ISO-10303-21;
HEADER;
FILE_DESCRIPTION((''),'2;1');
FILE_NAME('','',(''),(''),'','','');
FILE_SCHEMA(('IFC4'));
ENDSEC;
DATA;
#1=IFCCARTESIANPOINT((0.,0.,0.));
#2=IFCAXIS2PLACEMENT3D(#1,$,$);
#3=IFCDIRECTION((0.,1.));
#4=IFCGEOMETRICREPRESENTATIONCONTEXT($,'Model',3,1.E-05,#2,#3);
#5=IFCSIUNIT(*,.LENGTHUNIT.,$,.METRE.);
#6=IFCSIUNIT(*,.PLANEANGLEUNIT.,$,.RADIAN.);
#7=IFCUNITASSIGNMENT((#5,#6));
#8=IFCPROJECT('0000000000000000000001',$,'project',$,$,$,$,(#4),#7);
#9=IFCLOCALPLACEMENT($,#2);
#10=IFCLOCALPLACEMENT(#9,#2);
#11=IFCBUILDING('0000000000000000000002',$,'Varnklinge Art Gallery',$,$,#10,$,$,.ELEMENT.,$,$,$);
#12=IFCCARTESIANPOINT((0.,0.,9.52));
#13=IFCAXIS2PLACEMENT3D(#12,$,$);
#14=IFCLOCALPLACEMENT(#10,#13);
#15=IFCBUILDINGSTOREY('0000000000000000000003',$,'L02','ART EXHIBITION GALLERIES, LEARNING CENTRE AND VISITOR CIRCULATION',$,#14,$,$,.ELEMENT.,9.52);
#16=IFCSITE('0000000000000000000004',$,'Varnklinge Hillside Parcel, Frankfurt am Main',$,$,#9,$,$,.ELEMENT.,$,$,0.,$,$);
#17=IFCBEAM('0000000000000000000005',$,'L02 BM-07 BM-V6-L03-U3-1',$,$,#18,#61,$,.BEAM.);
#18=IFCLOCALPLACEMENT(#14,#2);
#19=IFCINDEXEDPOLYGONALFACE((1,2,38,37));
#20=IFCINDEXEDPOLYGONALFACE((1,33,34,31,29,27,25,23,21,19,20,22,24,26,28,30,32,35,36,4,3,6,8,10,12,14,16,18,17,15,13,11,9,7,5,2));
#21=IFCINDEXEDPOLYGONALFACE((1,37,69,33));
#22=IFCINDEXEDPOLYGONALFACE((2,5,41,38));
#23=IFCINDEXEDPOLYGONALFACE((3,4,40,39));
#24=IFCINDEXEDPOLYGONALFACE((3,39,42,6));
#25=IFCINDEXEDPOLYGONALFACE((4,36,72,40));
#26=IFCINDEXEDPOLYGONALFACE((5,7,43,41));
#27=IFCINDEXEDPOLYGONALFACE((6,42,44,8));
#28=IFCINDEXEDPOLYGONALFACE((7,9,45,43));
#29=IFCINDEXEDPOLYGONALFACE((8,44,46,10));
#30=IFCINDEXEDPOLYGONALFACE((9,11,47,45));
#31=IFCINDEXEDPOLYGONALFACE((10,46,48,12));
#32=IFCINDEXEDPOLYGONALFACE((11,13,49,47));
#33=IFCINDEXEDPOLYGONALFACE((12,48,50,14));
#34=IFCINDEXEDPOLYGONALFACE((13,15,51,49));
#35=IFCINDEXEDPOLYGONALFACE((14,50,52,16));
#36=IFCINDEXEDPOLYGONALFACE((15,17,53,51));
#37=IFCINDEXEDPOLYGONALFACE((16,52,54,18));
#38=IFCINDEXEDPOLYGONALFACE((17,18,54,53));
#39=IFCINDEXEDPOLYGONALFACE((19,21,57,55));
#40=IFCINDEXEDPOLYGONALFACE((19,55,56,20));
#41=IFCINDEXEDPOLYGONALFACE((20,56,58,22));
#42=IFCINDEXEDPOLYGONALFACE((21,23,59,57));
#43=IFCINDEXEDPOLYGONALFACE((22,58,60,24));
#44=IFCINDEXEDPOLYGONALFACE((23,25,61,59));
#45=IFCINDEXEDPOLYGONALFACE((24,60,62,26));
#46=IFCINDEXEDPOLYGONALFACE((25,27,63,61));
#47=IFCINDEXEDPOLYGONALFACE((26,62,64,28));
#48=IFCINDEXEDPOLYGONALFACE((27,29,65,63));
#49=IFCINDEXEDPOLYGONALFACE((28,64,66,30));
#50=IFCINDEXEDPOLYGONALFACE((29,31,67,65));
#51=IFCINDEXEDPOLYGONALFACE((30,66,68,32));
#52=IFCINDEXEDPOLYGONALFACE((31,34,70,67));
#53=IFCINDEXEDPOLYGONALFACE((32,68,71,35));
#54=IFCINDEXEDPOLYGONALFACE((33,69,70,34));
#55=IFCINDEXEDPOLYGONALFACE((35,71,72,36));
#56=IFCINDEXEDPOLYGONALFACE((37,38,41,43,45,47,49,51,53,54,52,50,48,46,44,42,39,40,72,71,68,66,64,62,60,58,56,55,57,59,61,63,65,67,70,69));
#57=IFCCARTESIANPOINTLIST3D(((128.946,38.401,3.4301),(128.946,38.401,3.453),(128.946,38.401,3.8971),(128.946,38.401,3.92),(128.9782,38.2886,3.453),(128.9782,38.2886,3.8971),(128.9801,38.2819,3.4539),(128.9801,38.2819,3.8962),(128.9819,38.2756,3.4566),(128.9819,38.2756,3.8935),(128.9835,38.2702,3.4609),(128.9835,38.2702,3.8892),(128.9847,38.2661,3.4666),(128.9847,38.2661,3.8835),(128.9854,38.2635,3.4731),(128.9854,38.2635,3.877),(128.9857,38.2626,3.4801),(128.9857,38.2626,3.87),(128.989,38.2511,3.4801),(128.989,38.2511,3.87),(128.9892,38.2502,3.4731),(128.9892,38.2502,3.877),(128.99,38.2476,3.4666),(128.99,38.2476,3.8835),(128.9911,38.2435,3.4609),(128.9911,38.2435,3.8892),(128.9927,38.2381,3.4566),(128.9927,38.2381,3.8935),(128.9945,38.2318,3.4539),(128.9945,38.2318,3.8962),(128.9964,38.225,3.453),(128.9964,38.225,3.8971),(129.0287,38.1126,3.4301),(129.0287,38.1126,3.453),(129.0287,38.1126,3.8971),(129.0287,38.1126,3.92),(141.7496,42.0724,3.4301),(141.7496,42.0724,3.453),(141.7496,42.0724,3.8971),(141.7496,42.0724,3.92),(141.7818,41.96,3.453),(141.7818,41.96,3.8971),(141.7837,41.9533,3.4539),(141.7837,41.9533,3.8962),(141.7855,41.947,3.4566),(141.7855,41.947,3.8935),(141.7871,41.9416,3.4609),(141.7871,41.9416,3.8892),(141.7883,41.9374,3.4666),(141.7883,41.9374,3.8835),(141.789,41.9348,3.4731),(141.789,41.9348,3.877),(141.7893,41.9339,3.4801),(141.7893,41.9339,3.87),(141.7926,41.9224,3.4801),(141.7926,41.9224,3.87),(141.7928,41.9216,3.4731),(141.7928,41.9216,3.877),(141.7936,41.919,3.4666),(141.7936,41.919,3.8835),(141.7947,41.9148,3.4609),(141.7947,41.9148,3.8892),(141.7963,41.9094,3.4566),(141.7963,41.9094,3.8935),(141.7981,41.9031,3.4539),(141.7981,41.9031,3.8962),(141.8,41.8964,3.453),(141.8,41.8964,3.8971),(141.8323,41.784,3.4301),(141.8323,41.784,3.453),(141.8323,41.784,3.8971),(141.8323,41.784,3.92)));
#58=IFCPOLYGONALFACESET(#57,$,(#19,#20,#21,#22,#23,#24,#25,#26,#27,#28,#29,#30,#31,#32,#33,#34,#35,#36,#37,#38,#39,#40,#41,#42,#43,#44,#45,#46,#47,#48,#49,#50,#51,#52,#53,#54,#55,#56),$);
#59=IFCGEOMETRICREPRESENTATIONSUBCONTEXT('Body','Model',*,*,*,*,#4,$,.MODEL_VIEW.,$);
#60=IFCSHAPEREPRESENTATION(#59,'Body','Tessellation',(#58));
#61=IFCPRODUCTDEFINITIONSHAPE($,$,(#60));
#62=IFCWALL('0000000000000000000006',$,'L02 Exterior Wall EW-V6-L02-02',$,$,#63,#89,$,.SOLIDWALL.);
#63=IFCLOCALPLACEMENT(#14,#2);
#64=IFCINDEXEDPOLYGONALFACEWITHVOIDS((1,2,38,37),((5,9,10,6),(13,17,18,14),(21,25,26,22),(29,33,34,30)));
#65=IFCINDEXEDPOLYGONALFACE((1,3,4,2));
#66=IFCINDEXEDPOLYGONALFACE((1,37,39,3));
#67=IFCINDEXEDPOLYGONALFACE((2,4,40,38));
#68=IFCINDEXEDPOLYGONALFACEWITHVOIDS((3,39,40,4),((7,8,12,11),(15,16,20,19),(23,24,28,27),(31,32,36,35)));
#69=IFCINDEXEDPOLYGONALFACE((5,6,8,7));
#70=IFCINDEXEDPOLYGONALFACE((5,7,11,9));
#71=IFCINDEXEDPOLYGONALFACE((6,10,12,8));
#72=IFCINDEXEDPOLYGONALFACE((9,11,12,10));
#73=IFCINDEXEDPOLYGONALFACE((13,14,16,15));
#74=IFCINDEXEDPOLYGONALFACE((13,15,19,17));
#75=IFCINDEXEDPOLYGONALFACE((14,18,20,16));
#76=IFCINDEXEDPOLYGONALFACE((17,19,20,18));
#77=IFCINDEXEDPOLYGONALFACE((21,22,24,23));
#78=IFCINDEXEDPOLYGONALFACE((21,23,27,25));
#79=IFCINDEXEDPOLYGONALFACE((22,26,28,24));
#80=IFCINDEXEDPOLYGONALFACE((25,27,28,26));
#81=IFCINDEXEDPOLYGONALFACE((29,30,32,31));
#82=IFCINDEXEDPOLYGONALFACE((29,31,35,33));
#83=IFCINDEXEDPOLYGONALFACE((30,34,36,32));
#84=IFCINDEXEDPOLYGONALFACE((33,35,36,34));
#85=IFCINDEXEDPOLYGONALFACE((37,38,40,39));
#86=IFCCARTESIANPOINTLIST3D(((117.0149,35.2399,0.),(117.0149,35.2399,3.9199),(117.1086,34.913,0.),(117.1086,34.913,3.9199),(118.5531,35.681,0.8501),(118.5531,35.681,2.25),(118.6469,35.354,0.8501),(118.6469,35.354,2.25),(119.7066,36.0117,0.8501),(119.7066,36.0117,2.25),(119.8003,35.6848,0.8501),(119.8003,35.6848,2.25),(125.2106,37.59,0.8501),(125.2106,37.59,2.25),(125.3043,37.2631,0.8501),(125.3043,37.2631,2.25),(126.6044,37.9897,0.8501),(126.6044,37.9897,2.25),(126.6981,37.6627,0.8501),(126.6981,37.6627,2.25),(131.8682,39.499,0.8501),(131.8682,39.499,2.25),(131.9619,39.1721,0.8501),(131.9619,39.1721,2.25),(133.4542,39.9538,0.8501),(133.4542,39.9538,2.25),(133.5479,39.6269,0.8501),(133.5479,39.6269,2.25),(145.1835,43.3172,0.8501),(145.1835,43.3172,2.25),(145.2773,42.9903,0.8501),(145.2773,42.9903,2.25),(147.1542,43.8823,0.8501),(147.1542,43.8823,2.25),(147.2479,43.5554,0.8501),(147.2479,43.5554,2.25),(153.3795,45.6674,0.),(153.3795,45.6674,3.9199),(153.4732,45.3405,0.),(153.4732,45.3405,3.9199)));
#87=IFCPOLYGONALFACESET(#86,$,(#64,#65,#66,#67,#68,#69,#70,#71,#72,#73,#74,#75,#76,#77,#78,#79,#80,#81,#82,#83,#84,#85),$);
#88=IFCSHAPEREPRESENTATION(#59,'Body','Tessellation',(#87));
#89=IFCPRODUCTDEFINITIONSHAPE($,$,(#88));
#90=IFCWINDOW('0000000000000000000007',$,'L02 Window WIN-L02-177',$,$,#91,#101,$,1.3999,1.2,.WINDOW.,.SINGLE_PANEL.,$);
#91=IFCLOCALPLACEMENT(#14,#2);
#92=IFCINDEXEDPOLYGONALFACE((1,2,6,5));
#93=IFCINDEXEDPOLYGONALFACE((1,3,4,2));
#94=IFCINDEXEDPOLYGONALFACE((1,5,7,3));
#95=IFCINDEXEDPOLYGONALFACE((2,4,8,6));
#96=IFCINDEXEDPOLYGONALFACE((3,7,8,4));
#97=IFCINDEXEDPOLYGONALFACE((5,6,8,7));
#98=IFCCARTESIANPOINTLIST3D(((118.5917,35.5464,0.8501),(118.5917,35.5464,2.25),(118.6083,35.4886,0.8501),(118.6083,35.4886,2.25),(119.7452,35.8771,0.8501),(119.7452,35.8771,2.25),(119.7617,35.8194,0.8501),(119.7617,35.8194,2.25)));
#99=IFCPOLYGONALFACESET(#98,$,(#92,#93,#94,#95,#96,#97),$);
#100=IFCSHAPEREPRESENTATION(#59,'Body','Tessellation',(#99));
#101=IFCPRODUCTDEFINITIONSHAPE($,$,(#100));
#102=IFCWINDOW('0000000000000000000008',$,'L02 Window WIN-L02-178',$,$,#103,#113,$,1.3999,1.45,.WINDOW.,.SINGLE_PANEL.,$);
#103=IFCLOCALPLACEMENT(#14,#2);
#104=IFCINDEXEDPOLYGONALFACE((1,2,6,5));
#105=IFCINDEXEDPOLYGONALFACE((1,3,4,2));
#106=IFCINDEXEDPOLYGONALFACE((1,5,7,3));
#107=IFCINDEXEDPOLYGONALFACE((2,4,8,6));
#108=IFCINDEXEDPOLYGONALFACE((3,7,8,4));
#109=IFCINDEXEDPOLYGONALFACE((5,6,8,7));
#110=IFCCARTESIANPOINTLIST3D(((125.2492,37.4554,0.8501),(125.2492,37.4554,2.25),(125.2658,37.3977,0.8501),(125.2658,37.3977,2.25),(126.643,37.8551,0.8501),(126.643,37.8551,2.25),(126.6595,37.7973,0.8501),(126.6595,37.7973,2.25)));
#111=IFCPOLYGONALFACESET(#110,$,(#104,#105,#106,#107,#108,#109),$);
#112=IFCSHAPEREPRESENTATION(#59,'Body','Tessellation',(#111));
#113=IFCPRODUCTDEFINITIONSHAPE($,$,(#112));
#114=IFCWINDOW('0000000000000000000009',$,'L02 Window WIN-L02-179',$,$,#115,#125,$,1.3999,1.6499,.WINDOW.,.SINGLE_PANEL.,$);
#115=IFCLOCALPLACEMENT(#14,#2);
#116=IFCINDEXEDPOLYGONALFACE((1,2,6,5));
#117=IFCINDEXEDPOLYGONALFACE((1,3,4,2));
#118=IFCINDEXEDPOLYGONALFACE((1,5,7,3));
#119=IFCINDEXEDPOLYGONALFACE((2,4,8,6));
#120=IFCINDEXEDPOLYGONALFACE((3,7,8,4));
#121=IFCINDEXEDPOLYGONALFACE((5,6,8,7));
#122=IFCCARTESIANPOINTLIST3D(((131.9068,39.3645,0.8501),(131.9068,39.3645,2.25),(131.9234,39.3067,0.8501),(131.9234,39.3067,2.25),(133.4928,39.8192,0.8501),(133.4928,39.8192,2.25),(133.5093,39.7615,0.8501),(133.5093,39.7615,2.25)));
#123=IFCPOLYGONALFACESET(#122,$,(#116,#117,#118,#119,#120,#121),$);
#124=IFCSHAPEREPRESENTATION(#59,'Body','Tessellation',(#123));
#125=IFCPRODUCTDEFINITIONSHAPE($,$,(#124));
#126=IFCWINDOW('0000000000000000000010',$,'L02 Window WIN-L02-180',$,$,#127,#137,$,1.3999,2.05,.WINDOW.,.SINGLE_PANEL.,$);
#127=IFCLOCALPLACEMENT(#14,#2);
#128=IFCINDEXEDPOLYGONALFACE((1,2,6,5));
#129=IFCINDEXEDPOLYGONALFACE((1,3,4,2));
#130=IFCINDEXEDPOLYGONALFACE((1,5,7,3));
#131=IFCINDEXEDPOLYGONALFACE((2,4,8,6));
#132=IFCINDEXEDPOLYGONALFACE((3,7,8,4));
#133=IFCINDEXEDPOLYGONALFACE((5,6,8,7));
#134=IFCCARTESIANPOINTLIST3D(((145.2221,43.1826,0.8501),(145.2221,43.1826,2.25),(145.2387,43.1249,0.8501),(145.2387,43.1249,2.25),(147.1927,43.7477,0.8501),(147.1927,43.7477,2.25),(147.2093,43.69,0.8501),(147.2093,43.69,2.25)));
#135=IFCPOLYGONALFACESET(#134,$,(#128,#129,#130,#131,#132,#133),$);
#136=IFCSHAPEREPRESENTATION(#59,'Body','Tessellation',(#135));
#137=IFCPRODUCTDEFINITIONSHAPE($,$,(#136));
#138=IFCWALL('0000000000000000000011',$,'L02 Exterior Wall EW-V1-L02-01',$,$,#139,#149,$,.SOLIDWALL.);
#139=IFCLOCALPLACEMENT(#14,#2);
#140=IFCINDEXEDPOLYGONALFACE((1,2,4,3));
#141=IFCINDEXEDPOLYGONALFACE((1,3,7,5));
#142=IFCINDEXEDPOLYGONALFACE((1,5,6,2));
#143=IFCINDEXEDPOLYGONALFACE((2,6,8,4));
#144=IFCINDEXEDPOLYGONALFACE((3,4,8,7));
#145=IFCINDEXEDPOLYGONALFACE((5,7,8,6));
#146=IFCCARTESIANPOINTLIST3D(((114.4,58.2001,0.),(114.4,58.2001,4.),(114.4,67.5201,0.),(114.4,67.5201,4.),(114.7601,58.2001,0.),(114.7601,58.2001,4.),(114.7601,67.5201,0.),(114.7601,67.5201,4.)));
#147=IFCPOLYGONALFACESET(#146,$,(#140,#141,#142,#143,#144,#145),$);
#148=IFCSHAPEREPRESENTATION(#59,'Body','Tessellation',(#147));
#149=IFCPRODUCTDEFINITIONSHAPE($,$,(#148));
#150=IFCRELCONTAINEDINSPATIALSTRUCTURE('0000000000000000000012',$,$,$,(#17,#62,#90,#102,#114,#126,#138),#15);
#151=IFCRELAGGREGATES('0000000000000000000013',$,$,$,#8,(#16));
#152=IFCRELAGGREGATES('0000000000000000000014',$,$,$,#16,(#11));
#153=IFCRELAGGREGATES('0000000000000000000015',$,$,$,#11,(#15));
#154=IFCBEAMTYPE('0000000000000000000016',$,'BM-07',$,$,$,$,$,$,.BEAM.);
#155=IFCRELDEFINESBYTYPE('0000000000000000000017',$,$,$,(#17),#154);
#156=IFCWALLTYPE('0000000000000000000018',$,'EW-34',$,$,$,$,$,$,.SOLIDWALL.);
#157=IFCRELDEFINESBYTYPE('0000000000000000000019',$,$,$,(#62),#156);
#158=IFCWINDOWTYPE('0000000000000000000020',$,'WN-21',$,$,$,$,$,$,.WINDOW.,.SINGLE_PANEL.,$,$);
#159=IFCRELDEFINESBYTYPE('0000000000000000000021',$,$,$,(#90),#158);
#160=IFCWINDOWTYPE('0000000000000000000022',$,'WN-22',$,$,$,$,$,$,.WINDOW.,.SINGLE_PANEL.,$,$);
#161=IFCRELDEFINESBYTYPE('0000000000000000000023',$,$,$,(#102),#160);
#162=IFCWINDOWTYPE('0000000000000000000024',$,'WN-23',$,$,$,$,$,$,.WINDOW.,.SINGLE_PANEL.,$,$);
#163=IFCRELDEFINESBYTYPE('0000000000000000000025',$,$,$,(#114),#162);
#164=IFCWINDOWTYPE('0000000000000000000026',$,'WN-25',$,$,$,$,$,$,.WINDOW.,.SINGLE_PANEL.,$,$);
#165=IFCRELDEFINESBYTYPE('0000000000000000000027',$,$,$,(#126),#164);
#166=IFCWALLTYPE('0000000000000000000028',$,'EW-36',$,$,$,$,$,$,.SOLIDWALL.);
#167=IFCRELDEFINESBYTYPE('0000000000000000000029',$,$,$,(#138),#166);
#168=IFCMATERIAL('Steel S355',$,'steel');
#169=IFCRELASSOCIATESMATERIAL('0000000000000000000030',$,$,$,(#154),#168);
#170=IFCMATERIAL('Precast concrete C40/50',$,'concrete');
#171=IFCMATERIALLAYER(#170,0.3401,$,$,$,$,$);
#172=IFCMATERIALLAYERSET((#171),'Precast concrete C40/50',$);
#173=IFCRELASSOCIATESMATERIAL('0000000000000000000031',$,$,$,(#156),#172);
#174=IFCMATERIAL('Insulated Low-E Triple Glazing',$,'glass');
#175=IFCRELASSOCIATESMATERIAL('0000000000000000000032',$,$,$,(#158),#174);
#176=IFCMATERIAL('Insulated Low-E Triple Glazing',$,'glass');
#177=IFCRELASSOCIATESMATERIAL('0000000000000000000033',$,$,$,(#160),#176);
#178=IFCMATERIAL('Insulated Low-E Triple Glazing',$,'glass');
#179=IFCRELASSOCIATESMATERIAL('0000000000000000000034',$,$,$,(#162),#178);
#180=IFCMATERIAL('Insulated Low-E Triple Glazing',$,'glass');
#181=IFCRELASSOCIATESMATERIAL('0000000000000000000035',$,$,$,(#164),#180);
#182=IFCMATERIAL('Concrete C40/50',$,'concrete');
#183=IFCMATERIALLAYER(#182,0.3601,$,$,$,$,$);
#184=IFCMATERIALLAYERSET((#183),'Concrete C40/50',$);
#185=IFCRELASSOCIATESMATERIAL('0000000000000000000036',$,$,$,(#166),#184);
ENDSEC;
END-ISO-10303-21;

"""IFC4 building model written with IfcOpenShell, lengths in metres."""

from ifc_helpers import new_model, si_unit, direction, frame, frame_2d, origin, origin_2d, place, context, subcontext, project, spatial, rectangle, i_section, extrude, material, layer, layer_set, material_profile, profile_set, type_object, element, fill, save


model = new_model("IFC4")

# Units and contexts
model_context = context("Model", 3, precision=1e-05, world=origin(), true_north=direction((0.0, 1.0)))
body_context = subcontext(model_context, "Body", "Model", "MODEL_VIEW")
ifc_project = project(units=[si_unit("LENGTHUNIT", "METRE"), si_unit("PLANEANGLEUNIT", "RADIAN")], contexts=[model_context])

# Site, building, storey
site_placement = place(None, origin())
site = spatial("IfcSite", under=ifc_project, at=site_placement, Name="Varnklinge Hillside Parcel, Frankfurt am Main", CompositionType="ELEMENT", RefElevation=0.0)
building_placement = place(site_placement, origin())
building = spatial("IfcBuilding", under=site, at=building_placement, Name="Varnklinge Art Gallery", CompositionType="ELEMENT")
storey_placement = place(building_placement, frame((0.0, 0.0, 9.52)))
storey = spatial("IfcBuildingStorey", under=building, at=storey_placement, Name="L02", Description="ART EXHIBITION GALLERIES, LEARNING CENTRE AND VISITOR CIRCULATION", CompositionType="ELEMENT", Elevation=9.52)

# Beam
ifc_material_1 = material(Name="Steel S355", Category="steel")
ifc_material_profile_1 = material_profile(ifc_material_1, i_section(OverallWidth=0.3, OverallDepth=0.49, WebThickness=0.012, FlangeThickness=0.0229, FilletRadius=0.0271, at=origin_2d()), Name="HEA 500")
ifc_profile_set_1 = profile_set([ifc_material_profile_1], Name="Steel S355")
beam_type = type_object("IfcBeamType", Name="BM-07", PredefinedType="BEAM", material=ifc_profile_set_1)
beam_1_placement = place(storey_placement, frame((128.9873, 38.2568, 3.675), z_axis=(0.961262, 0.275636, 0.0), x_axis=(-0.275636, 0.961262, 0.0)))
element("IfcBeam", 1, at=beam_1_placement, inside=storey, type_object=beam_type, Name="L02 BM-07 BM-V6-L03-U3-1", PredefinedType="BEAM", context=body_context, shape_type="SweptSolid", body=[
    extrude(i_section(OverallWidth=0.3, OverallDepth=0.49, WebThickness=0.012, FlangeThickness=0.0229, FilletRadius=0.0271, at=origin_2d()), origin(), (0.0, 0.0, 1.0), 13.3196),
])

# Wall, openings, windows
ifc_material_2 = material(Name="Precast concrete C40/50", Category="concrete")
ifc_layer_1 = layer(ifc_material_2, 0.3401)
ifc_layer_set_1 = layer_set([ifc_layer_1], Name="Precast concrete C40/50")
wall_type_1 = type_object("IfcWallType", Name="EW-34", PredefinedType="SOLIDWALL", material=ifc_layer_set_1)
wall_1_placement = place(storey_placement, frame((117.0618, 35.0764, 0.0), z_axis=(0.0, 0.0, 1.0), x_axis=(0.961261, 0.275641, 0.0)))
wall_1 = element("IfcWall", 2, at=wall_1_placement, inside=storey, type_object=wall_type_1, Name="L02 Exterior Wall EW-V6-L02-02", PredefinedType="SOLIDWALL", context=body_context, shape_type="SweptSolid", body=[
    extrude(rectangle(XDim=37.8301, YDim=0.3401, at=frame_2d((18.915, 0.0))), origin(), (0.0, 0.0, 1.0), 3.9199),
])
opening_1_placement = place(wall_1_placement, frame((1.6001, 0.0, 0.8501)))
opening_1 = element("IfcOpeningElement", 3, at=opening_1_placement, cuts=wall_1, PredefinedType="OPENING", context=body_context, shape_type="SweptSolid", body=[
    extrude(rectangle(XDim=1.2, YDim=1.3999, at=frame_2d((0.6001, 0.7))), frame((0.0, 0.1799, 0.0), z_axis=(0.0, -1.0, 0.0), x_axis=(1.0, 0.0, 0.0)), (0.0, 0.0, 1.0), 0.3601),
])
opening_2_placement = place(wall_1_placement, frame((8.5259, 0.0, 0.8501)))
opening_2 = element("IfcOpeningElement", 4, at=opening_2_placement, cuts=wall_1, PredefinedType="OPENING", context=body_context, shape_type="SweptSolid", body=[
    extrude(rectangle(XDim=1.45, YDim=1.3999, at=frame_2d((0.7251, 0.7))), frame((0.0, 0.1799, 0.0), z_axis=(0.0, -1.0, 0.0), x_axis=(1.0, 0.0, 0.0)), (0.0, 0.0, 1.0), 0.3601),
])
opening_3_placement = place(wall_1_placement, frame((15.4519, 0.0, 0.8501)))
opening_3 = element("IfcOpeningElement", 5, at=opening_3_placement, cuts=wall_1, PredefinedType="OPENING", context=body_context, shape_type="SweptSolid", body=[
    extrude(rectangle(XDim=1.6499, YDim=1.3999, at=frame_2d((0.825, 0.7))), frame((0.0, 0.1799, 0.0), z_axis=(0.0, -1.0, 0.0), x_axis=(1.0, 0.0, 0.0)), (0.0, 0.0, 1.0), 0.3601),
])
opening_4_placement = place(wall_1_placement, frame((29.304, 0.0, 0.8501)))
opening_4 = element("IfcOpeningElement", 6, at=opening_4_placement, cuts=wall_1, PredefinedType="OPENING", context=body_context, shape_type="SweptSolid", body=[
    extrude(rectangle(XDim=2.05, YDim=1.3999, at=frame_2d((1.0249, 0.7))), frame((0.0, 0.1799, 0.0), z_axis=(0.0, -1.0, 0.0), x_axis=(1.0, 0.0, 0.0)), (0.0, 0.0, 1.0), 0.3601),
])
ifc_material_3 = material(Name="Insulated Low-E Triple Glazing", Category="glass")
window_type_1 = type_object("IfcWindowType", Name="WN-21", PartitioningType="SINGLE_PANEL", PredefinedType="WINDOW", material=ifc_material_3)
window_1_placement = place(opening_1_placement, origin())
window_1 = element("IfcWindow", 7, at=window_1_placement, inside=storey, type_object=window_type_1, Name="L02 Window WIN-L02-177", OverallHeight=1.3999, OverallWidth=1.2, PartitioningType="SINGLE_PANEL", PredefinedType="WINDOW", context=body_context, shape_type="SweptSolid", body=[
    extrude(rectangle(XDim=1.2, YDim=1.3999, at=frame_2d((0.6001, 0.7))), frame((0.0, 0.03, 0.0), z_axis=(0.0, -1.0, 0.0), x_axis=(1.0, 0.0, 0.0)), (0.0, 0.0, 1.0), 0.0601),
])
fill(opening_1, window_1)
ifc_material_4 = material(Name="Insulated Low-E Triple Glazing", Category="glass")
window_type_2 = type_object("IfcWindowType", Name="WN-22", PartitioningType="SINGLE_PANEL", PredefinedType="WINDOW", material=ifc_material_4)
window_2_placement = place(opening_2_placement, origin())
window_2 = element("IfcWindow", 8, at=window_2_placement, inside=storey, type_object=window_type_2, Name="L02 Window WIN-L02-178", OverallHeight=1.3999, OverallWidth=1.45, PartitioningType="SINGLE_PANEL", PredefinedType="WINDOW", context=body_context, shape_type="SweptSolid", body=[
    extrude(rectangle(XDim=1.45, YDim=1.3999, at=frame_2d((0.7251, 0.7))), frame((0.0, 0.03, 0.0), z_axis=(0.0, -1.0, 0.0), x_axis=(1.0, 0.0, 0.0)), (0.0, 0.0, 1.0), 0.0601),
])
fill(opening_2, window_2)
ifc_material_5 = material(Name="Insulated Low-E Triple Glazing", Category="glass")
window_type_3 = type_object("IfcWindowType", Name="WN-23", PartitioningType="SINGLE_PANEL", PredefinedType="WINDOW", material=ifc_material_5)
window_3_placement = place(opening_3_placement, origin())
window_3 = element("IfcWindow", 9, at=window_3_placement, inside=storey, type_object=window_type_3, Name="L02 Window WIN-L02-179", OverallHeight=1.3999, OverallWidth=1.6499, PartitioningType="SINGLE_PANEL", PredefinedType="WINDOW", context=body_context, shape_type="SweptSolid", body=[
    extrude(rectangle(XDim=1.6499, YDim=1.3999, at=frame_2d((0.825, 0.7))), frame((0.0, 0.03, 0.0), z_axis=(0.0, -1.0, 0.0), x_axis=(1.0, 0.0, 0.0)), (0.0, 0.0, 1.0), 0.0601),
])
fill(opening_3, window_3)
ifc_material_6 = material(Name="Insulated Low-E Triple Glazing", Category="glass")
window_type_4 = type_object("IfcWindowType", Name="WN-25", PartitioningType="SINGLE_PANEL", PredefinedType="WINDOW", material=ifc_material_6)
window_4_placement = place(opening_4_placement, origin())
window_4 = element("IfcWindow", 10, at=window_4_placement, inside=storey, type_object=window_type_4, Name="L02 Window WIN-L02-180", OverallHeight=1.3999, OverallWidth=2.05, PartitioningType="SINGLE_PANEL", PredefinedType="WINDOW", context=body_context, shape_type="SweptSolid", body=[
    extrude(rectangle(XDim=2.05, YDim=1.3999, at=frame_2d((1.0249, 0.7))), frame((0.0, 0.03, 0.0), z_axis=(0.0, -1.0, 0.0), x_axis=(1.0, 0.0, 0.0)), (0.0, 0.0, 1.0), 0.0601),
])
fill(opening_4, window_4)

# Wall
ifc_material_7 = material(Name="Concrete C40/50", Category="concrete")
ifc_layer_2 = layer(ifc_material_7, 0.3601)
ifc_layer_set_2 = layer_set([ifc_layer_2], Name="Concrete C40/50")
wall_type_2 = type_object("IfcWallType", Name="EW-36", PredefinedType="SOLIDWALL", material=ifc_layer_set_2)
wall_2_placement = place(storey_placement, frame((114.5801, 58.2, 0.0), z_axis=(0.0, 0.0, 1.0), x_axis=(0.0, 1.0, 0.0)))
element("IfcWall", 11, at=wall_2_placement, inside=storey, type_object=wall_type_2, Name="L02 Exterior Wall EW-V1-L02-01", PredefinedType="SOLIDWALL", context=body_context, shape_type="SweptSolid", body=[
    extrude(rectangle(XDim=9.3201, YDim=0.3601, at=frame_2d((4.6602, 0.0))), origin(), (0.0, 0.0, 1.0), 4.0),
])

save(model, "model.ifc")
